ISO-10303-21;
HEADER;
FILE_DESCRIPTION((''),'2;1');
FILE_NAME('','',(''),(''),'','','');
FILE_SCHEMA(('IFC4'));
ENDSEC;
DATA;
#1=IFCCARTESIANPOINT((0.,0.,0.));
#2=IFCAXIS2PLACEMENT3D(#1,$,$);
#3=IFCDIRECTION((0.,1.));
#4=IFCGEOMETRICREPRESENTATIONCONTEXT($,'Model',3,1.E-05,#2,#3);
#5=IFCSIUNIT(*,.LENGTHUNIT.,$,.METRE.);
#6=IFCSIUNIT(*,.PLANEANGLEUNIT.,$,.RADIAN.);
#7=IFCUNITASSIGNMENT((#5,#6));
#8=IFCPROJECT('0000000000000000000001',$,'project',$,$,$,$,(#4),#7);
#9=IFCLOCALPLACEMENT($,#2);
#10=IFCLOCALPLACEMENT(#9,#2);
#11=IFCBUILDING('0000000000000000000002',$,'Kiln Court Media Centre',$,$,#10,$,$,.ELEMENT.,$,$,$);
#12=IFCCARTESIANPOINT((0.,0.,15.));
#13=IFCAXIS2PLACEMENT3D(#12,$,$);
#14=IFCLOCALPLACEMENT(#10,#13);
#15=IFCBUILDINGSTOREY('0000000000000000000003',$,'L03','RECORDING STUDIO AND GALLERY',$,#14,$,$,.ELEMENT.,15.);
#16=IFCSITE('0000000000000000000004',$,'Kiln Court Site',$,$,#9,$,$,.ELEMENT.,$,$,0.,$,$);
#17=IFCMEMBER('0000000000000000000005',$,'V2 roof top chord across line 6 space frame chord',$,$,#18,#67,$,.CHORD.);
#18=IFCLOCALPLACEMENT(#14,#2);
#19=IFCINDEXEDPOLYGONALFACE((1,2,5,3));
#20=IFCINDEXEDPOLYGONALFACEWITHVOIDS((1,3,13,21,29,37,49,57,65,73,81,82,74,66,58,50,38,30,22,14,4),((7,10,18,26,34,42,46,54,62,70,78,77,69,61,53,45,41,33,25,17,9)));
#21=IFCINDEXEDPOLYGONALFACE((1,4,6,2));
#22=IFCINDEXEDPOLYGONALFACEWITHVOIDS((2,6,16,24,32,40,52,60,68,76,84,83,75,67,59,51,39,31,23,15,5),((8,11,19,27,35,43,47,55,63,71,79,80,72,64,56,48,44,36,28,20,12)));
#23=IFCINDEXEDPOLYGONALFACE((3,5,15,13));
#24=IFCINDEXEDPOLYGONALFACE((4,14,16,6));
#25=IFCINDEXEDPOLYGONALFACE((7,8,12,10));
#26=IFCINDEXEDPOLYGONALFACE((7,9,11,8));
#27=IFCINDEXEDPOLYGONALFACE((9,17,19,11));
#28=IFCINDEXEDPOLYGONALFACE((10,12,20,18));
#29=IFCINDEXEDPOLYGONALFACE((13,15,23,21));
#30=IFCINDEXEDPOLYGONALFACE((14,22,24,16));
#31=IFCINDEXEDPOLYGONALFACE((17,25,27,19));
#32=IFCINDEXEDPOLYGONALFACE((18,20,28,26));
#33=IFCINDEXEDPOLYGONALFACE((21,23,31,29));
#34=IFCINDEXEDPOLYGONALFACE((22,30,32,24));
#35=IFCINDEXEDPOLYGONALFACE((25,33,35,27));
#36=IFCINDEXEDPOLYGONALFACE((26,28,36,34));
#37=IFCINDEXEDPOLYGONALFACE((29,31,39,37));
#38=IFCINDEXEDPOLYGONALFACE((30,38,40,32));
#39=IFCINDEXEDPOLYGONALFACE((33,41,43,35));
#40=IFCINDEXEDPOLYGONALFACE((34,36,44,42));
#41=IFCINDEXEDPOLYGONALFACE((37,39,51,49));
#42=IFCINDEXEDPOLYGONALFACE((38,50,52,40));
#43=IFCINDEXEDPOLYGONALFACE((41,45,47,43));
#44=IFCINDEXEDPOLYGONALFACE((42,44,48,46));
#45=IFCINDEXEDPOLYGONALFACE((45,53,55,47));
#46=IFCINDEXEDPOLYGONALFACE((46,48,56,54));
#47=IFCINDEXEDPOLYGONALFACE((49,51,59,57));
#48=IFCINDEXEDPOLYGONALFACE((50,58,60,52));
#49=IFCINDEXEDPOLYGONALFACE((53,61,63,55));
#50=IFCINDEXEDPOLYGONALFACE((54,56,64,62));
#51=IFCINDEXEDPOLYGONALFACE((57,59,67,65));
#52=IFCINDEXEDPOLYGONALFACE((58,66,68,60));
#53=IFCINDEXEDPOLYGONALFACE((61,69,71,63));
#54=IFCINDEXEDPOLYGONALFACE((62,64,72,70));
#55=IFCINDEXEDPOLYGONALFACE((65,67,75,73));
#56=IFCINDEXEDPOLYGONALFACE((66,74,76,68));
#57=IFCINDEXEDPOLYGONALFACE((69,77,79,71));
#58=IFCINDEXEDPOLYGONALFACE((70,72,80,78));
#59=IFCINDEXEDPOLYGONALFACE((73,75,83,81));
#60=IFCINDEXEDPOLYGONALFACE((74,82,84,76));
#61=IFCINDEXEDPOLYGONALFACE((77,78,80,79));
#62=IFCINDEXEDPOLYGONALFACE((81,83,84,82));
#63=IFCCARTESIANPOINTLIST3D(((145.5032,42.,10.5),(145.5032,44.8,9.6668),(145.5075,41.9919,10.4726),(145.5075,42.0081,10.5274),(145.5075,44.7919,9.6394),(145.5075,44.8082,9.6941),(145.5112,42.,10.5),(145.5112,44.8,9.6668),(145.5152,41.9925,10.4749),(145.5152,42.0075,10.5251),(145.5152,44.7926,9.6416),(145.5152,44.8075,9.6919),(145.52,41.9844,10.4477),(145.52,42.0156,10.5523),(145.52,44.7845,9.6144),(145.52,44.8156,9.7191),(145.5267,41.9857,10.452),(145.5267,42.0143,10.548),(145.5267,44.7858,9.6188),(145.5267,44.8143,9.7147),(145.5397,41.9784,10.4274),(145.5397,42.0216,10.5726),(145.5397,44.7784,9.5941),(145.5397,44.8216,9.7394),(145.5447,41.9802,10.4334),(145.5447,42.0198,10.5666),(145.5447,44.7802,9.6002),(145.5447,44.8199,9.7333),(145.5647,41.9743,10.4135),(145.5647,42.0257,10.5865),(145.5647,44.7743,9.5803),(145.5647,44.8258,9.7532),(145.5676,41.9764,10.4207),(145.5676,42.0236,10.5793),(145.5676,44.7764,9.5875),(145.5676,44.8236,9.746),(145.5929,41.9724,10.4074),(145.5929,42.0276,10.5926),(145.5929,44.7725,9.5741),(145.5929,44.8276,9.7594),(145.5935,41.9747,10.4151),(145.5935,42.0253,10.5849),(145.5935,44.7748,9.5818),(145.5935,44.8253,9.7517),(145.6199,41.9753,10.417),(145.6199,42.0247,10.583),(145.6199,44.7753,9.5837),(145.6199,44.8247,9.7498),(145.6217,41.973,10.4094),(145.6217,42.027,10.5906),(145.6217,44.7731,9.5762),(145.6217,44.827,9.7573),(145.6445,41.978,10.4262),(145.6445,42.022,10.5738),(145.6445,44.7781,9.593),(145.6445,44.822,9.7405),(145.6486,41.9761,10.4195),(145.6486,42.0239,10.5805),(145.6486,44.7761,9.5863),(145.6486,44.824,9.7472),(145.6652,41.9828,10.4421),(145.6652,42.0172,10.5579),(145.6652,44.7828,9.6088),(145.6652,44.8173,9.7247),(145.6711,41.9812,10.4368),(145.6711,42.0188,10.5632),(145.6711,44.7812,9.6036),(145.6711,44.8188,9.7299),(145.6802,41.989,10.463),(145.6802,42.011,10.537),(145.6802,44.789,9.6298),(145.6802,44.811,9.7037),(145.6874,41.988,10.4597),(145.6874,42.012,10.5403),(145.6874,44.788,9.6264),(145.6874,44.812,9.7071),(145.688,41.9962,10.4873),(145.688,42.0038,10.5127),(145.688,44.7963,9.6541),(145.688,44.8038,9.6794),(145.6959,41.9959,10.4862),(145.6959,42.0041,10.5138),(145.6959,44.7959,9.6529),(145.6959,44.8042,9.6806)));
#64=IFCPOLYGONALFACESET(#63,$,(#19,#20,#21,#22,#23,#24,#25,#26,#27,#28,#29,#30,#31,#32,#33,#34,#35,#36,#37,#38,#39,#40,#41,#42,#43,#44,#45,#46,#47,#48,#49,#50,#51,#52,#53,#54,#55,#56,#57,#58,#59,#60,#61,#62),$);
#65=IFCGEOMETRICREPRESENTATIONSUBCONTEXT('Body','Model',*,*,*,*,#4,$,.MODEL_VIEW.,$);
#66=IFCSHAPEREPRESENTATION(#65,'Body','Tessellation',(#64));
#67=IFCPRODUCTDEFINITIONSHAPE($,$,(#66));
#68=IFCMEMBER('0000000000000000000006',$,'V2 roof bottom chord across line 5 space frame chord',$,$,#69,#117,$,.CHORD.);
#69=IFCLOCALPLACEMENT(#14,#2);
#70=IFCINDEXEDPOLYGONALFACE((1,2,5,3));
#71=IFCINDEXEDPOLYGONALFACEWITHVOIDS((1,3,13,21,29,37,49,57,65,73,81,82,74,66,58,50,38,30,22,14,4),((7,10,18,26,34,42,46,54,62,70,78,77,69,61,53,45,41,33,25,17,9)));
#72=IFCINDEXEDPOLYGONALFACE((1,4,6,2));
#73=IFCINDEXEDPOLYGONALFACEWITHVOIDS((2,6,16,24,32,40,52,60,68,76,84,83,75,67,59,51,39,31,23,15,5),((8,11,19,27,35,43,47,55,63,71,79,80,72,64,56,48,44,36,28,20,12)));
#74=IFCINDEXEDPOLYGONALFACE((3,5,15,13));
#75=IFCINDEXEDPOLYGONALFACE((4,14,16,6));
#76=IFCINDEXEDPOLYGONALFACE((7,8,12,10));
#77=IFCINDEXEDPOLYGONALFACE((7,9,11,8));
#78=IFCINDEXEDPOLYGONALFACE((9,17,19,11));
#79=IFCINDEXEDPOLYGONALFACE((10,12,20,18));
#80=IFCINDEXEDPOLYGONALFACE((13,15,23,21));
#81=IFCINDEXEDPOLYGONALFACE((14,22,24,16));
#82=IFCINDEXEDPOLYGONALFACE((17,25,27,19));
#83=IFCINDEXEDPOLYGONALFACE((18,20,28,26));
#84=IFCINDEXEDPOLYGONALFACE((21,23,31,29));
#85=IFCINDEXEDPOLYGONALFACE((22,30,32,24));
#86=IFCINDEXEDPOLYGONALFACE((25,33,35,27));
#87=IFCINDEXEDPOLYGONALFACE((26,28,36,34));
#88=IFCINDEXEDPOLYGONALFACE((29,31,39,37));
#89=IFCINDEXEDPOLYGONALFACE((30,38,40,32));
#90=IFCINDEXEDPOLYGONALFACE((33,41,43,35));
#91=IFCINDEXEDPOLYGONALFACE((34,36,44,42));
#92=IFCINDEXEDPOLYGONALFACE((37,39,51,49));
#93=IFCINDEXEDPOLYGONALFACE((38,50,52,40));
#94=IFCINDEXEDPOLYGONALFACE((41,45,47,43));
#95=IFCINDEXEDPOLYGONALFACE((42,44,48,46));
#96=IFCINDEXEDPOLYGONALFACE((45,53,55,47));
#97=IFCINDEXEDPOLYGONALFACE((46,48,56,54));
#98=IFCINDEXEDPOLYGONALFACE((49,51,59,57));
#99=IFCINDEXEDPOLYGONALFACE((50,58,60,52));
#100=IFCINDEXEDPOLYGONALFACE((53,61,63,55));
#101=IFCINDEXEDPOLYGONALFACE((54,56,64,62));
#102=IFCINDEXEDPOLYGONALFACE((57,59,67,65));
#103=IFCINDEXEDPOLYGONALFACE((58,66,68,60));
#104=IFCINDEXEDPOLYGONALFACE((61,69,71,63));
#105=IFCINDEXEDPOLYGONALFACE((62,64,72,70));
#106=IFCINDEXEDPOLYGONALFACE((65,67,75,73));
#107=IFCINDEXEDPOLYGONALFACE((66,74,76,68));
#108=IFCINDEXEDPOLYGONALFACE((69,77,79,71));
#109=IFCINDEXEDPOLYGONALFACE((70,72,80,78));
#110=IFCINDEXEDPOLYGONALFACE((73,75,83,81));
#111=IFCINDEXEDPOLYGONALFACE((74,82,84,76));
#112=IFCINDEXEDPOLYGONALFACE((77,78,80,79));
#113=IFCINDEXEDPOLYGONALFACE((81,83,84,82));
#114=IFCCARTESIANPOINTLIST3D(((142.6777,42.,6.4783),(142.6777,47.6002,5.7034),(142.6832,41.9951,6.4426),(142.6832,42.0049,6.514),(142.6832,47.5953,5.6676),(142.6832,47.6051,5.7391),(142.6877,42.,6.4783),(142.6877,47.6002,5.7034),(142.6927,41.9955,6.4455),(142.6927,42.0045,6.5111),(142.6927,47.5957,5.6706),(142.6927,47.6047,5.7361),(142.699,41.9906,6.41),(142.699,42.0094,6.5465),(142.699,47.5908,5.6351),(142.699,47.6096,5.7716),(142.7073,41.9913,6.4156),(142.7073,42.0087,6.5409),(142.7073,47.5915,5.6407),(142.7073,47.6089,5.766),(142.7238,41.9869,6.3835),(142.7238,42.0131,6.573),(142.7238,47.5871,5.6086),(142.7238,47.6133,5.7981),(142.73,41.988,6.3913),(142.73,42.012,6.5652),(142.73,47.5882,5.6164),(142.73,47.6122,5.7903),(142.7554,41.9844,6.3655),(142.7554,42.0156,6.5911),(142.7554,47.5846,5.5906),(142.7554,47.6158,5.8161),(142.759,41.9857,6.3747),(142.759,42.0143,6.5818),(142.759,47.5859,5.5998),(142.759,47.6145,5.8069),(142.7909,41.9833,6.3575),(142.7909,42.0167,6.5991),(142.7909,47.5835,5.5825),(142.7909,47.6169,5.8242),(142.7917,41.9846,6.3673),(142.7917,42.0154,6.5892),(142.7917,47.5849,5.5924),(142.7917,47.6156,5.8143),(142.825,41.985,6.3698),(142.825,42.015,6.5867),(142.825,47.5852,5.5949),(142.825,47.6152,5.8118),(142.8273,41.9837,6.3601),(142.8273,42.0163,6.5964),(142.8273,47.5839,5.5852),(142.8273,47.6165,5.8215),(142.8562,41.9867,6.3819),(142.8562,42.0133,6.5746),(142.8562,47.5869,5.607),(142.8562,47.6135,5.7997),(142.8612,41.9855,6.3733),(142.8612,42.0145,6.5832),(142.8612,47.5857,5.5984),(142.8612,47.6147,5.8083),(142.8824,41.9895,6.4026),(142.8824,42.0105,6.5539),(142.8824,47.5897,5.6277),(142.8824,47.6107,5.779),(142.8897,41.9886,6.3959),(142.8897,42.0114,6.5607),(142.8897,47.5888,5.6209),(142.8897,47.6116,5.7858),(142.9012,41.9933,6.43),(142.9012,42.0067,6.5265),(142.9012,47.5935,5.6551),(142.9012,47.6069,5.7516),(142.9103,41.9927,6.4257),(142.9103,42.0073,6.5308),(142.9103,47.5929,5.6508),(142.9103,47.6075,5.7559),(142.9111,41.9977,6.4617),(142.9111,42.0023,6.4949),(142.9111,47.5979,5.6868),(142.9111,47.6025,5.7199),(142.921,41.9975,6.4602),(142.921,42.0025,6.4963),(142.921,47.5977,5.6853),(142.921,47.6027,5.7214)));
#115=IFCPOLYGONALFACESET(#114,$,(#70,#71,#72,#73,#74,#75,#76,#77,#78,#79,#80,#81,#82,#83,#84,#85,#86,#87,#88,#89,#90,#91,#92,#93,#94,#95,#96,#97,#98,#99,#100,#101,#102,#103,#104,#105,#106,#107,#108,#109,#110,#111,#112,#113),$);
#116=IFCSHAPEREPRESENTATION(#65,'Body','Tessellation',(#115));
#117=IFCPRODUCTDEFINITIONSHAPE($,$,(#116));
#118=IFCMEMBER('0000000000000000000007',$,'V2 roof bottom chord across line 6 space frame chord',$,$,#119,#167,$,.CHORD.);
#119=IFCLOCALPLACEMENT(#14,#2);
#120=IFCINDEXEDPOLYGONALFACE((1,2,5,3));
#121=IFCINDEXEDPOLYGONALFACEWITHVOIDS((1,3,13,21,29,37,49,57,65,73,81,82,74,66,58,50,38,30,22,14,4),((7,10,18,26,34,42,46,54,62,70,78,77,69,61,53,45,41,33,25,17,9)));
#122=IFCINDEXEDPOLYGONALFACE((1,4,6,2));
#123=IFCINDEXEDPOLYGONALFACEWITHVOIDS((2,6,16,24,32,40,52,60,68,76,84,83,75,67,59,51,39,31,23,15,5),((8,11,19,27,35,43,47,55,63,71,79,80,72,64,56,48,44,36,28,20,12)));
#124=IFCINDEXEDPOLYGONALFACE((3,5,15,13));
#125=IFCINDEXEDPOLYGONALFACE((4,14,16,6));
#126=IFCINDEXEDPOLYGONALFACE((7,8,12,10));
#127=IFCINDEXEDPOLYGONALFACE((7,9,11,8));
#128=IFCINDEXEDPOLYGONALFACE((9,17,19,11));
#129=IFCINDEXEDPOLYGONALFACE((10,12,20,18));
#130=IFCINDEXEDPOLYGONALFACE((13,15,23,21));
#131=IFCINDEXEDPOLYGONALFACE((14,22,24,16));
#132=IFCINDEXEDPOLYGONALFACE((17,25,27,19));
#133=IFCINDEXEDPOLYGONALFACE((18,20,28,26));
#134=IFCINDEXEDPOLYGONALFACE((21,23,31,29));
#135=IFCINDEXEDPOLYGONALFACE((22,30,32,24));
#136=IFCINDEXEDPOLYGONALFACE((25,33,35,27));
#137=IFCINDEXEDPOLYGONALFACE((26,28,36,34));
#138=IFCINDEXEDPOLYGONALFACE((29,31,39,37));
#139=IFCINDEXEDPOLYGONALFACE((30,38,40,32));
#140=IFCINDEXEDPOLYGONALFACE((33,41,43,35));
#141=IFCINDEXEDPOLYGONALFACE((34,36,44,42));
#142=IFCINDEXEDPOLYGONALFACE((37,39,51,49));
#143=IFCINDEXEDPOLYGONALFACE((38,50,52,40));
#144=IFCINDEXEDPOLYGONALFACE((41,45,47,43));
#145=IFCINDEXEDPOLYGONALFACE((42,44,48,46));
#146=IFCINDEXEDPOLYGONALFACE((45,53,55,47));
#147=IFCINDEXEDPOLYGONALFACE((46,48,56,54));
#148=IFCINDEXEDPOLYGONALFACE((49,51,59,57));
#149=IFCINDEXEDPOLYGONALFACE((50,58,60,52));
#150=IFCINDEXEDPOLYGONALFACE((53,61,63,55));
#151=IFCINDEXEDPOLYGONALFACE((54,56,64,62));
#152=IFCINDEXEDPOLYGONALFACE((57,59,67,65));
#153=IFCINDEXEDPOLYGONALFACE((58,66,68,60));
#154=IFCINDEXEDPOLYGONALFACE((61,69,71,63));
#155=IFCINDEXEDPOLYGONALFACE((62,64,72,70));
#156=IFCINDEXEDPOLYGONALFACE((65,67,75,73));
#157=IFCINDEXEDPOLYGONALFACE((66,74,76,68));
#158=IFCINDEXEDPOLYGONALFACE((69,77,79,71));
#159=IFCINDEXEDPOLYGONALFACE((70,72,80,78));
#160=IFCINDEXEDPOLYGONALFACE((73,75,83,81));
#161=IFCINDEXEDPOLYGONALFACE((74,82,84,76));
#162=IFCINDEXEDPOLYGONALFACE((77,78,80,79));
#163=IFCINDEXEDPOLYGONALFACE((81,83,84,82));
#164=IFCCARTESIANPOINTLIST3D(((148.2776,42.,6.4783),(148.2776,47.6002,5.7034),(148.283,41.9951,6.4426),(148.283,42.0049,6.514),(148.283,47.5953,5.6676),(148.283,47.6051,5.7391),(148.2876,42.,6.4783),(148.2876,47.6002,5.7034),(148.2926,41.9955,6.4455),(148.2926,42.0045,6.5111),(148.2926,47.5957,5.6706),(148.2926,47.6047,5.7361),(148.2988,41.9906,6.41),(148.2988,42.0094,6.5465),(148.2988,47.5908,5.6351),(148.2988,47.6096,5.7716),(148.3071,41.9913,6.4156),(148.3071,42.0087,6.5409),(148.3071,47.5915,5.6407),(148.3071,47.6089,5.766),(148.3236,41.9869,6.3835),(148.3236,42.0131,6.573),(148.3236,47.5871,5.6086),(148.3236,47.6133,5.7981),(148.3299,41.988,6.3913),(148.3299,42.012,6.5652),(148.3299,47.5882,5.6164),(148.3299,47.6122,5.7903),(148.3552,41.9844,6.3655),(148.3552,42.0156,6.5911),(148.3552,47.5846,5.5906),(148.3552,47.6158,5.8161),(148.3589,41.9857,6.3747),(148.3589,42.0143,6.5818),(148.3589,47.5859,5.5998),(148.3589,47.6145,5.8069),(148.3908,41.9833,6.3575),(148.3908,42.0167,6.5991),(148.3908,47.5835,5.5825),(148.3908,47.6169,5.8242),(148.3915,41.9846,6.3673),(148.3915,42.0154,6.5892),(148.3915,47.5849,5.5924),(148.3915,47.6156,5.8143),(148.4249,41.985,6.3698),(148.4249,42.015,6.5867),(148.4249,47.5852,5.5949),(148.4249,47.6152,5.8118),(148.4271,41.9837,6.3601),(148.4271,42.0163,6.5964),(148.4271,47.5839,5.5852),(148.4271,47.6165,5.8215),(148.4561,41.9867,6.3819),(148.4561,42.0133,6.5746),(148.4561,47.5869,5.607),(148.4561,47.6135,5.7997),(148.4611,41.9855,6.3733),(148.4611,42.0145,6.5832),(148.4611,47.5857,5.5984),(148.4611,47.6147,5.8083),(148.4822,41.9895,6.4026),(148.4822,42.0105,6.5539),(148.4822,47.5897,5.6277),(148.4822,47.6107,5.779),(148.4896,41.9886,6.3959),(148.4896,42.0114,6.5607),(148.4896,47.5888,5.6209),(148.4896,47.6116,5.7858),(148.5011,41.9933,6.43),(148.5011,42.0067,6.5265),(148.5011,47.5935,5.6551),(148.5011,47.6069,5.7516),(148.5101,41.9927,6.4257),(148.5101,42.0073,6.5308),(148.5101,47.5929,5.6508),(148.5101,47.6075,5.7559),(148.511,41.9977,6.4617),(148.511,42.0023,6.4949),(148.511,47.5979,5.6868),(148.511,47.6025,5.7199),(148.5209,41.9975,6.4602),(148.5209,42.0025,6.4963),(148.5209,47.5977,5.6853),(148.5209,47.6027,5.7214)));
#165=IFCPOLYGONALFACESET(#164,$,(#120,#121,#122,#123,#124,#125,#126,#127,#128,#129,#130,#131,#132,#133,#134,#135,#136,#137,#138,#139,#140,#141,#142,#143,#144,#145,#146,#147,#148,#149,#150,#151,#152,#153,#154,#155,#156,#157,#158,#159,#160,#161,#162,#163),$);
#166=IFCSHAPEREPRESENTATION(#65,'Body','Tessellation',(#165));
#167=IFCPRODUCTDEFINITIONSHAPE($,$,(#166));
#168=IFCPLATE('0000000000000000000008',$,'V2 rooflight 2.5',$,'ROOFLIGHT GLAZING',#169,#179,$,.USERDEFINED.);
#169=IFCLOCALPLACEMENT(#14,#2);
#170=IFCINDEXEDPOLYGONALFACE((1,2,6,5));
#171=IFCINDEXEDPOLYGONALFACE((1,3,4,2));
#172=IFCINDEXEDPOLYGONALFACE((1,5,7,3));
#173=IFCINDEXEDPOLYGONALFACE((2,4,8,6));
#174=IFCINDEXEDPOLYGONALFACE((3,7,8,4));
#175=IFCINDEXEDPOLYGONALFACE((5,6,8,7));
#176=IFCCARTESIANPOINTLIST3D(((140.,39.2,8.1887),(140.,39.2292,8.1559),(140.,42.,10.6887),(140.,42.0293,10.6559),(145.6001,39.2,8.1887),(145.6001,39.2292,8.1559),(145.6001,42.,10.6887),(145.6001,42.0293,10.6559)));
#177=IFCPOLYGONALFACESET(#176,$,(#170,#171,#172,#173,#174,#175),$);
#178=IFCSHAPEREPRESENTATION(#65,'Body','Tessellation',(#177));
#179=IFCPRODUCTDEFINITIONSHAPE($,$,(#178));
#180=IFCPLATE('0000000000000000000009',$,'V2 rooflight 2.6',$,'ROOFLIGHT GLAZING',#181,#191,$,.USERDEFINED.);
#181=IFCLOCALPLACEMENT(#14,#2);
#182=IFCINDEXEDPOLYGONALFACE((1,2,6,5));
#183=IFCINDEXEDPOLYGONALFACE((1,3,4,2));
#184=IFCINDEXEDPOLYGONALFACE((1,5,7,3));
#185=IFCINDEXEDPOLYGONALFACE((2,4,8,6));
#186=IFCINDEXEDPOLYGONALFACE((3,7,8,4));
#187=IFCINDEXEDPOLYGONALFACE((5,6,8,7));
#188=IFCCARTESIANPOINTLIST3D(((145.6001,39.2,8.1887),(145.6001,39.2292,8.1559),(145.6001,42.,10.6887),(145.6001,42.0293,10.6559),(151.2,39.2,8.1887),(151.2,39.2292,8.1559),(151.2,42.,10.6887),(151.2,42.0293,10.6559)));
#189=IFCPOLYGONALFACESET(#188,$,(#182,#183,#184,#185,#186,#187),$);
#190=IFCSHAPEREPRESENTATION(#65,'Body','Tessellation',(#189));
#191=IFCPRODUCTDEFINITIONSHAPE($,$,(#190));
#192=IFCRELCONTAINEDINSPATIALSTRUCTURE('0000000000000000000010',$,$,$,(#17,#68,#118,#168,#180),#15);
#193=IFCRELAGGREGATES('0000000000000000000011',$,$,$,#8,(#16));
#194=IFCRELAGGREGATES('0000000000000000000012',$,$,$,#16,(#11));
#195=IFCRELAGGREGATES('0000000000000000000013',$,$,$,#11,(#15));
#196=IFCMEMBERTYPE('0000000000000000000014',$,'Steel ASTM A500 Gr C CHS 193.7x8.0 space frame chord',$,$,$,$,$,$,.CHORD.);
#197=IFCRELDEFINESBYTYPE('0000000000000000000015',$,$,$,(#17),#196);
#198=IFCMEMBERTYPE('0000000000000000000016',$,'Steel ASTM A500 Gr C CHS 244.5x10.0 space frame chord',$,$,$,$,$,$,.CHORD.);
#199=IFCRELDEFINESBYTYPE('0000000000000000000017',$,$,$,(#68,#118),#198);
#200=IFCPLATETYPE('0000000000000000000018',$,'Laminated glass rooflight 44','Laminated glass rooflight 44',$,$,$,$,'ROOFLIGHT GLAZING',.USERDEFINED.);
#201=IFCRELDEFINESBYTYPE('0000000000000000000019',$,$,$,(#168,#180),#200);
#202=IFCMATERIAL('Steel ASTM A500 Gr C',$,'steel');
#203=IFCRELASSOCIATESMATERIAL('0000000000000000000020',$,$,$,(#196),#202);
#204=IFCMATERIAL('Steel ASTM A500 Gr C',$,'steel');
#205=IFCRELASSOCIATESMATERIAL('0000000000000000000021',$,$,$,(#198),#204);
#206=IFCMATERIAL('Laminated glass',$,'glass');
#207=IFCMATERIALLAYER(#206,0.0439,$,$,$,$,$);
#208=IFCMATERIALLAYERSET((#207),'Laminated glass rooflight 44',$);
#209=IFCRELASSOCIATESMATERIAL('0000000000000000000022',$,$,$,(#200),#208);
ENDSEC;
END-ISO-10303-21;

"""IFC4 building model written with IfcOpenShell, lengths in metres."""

from ifc_helpers import new_model, si_unit, direction, frame, origin, origin_2d, place, context, subcontext, project, spatial, polyline, hollow_circle, outline, extrude, material, layer, layer_set, material_profile, profile_set, type_object, element, save


model = new_model("IFC4")

# Units and contexts
model_context = context("Model", 3, precision=1e-05, world=origin(), true_north=direction((0.0, 1.0)))
body_context = subcontext(model_context, "Body", "Model", "MODEL_VIEW")
ifc_project = project(units=[si_unit("LENGTHUNIT", "METRE"), si_unit("PLANEANGLEUNIT", "RADIAN")], contexts=[model_context])

# Site, building, storey
site_placement = place(None, origin())
site = spatial("IfcSite", under=ifc_project, at=site_placement, Name="Kiln Court Site", CompositionType="ELEMENT", RefElevation=0.0)
building_placement = place(site_placement, origin())
building = spatial("IfcBuilding", under=site, at=building_placement, Name="Kiln Court Media Centre", CompositionType="ELEMENT")
storey_placement = place(building_placement, frame((0.0, 0.0, 15.0)))
storey = spatial("IfcBuildingStorey", under=building, at=storey_placement, Name="L03", Description="RECORDING STUDIO AND GALLERY", CompositionType="ELEMENT", Elevation=15.0)

# Members
ifc_material_1 = material(Name="Steel ASTM A500 Gr C", Category="steel")
ifc_material_profile_1 = material_profile(ifc_material_1, hollow_circle(Radius=0.0969, WallThickness=0.0081, at=origin_2d()), Name="CHS 193.7x8.0")
ifc_profile_set_1 = profile_set([ifc_material_profile_1], Name="Steel ASTM A500 Gr C")
member_type_1 = type_object("IfcMemberType", Name="Steel ASTM A500 Gr C CHS 193.7x8.0 space frame chord", PredefinedType="CHORD", material=ifc_profile_set_1)
member_1_placement = place(storey_placement, frame((145.6001, 42.0, 10.5), z_axis=(0.0, 0.958461, -0.285223), x_axis=(-1.0, 0.0, 0.0)))
element("IfcMember", 1, at=member_1_placement, inside=storey, type_object=member_type_1, Name="V2 roof top chord across line 6 space frame chord", PredefinedType="CHORD", context=body_context, shape_type="SweptSolid", body=[
    extrude(hollow_circle(Radius=0.0969, WallThickness=0.0081, at=origin_2d()), origin(), (0.0, 0.0, 1.0), 2.9214),
])
ifc_material_2 = material(Name="Steel ASTM A500 Gr C", Category="steel")
ifc_material_profile_2 = material_profile(ifc_material_2, hollow_circle(Radius=0.1223, WallThickness=0.01, at=origin_2d()), Name="CHS 244.5x10.0")
ifc_profile_set_2 = profile_set([ifc_material_profile_2], Name="Steel ASTM A500 Gr C")
member_type_2 = type_object("IfcMemberType", Name="Steel ASTM A500 Gr C CHS 244.5x10.0 space frame chord", PredefinedType="CHORD", material=ifc_profile_set_2)
for number, where, z_axis, x_axis, name in (
    (2, (142.8, 42.0, 6.4783), (0.0, 0.990562, -0.137067), (-1.0, 0.0, 0.0), "V2 roof bottom chord across line 5 space frame chord"),
    (3, (148.3999, 42.0, 6.4783), (0.0, 0.990562, -0.137067), (-1.0, 0.0, 0.0), "V2 roof bottom chord across line 6 space frame chord"),
):
    element("IfcMember", number, at=place(storey_placement, frame(where, z_axis=z_axis, x_axis=x_axis)), inside=storey, type_object=member_type_2, Name=name, PredefinedType="CHORD", context=body_context, shape_type="SweptSolid", body=[
        extrude(hollow_circle(Radius=0.1223, WallThickness=0.01, at=origin_2d()), origin(), (0.0, 0.0, 1.0), 5.6536),
    ])

# Plates
ifc_material_3 = material(Name="Laminated glass", Category="glass")
ifc_layer_1 = layer(ifc_material_3, 0.0439)
ifc_layer_set_1 = layer_set([ifc_layer_1], Name="Laminated glass rooflight 44")
plate_type_1 = type_object("IfcPlateType", Name="Laminated glass rooflight 44", Description="Laminated glass rooflight 44", ElementType="ROOFLIGHT GLAZING", PredefinedType="USERDEFINED", material=ifc_layer_set_1)
plate_1_placement = place(storey_placement, frame((140.0, 39.2, 8.1887), z_axis=(0.0, -0.666009, 0.745943), x_axis=(0.0, 0.745943, 0.666009)))
element("IfcPlate", 4, at=plate_1_placement, inside=storey, type_object=plate_type_1, Name="V2 rooflight 2.5", ObjectType="ROOFLIGHT GLAZING", PredefinedType="USERDEFINED", context=body_context, shape_type="SweptSolid", body=[
    extrude(outline(polyline([(0.0, 0.0), (3.7537, 0.0), (3.7537, -5.6001), (0.0, -5.6001), (0.0, 0.0)])), origin(), (0.0, 0.0, -1.0), 0.0439),
])
plate_2_placement = place(storey_placement, frame((145.6001, 39.2, 8.1887), z_axis=(0.0, -0.666009, 0.745943), x_axis=(0.0, 0.745943, 0.666009)))
element("IfcPlate", 5, at=plate_2_placement, inside=storey, type_object=plate_type_1, Name="V2 rooflight 2.6", ObjectType="ROOFLIGHT GLAZING", PredefinedType="USERDEFINED", context=body_context, shape_type="SweptSolid", body=[
    extrude(outline(polyline([(0.0, 0.0), (3.7537, 0.0), (3.7537, -5.5999), (0.0, -5.5999), (0.0, 0.0)])), origin(), (0.0, 0.0, -1.0), 0.0439),
])

save(model, "model.ifc")
